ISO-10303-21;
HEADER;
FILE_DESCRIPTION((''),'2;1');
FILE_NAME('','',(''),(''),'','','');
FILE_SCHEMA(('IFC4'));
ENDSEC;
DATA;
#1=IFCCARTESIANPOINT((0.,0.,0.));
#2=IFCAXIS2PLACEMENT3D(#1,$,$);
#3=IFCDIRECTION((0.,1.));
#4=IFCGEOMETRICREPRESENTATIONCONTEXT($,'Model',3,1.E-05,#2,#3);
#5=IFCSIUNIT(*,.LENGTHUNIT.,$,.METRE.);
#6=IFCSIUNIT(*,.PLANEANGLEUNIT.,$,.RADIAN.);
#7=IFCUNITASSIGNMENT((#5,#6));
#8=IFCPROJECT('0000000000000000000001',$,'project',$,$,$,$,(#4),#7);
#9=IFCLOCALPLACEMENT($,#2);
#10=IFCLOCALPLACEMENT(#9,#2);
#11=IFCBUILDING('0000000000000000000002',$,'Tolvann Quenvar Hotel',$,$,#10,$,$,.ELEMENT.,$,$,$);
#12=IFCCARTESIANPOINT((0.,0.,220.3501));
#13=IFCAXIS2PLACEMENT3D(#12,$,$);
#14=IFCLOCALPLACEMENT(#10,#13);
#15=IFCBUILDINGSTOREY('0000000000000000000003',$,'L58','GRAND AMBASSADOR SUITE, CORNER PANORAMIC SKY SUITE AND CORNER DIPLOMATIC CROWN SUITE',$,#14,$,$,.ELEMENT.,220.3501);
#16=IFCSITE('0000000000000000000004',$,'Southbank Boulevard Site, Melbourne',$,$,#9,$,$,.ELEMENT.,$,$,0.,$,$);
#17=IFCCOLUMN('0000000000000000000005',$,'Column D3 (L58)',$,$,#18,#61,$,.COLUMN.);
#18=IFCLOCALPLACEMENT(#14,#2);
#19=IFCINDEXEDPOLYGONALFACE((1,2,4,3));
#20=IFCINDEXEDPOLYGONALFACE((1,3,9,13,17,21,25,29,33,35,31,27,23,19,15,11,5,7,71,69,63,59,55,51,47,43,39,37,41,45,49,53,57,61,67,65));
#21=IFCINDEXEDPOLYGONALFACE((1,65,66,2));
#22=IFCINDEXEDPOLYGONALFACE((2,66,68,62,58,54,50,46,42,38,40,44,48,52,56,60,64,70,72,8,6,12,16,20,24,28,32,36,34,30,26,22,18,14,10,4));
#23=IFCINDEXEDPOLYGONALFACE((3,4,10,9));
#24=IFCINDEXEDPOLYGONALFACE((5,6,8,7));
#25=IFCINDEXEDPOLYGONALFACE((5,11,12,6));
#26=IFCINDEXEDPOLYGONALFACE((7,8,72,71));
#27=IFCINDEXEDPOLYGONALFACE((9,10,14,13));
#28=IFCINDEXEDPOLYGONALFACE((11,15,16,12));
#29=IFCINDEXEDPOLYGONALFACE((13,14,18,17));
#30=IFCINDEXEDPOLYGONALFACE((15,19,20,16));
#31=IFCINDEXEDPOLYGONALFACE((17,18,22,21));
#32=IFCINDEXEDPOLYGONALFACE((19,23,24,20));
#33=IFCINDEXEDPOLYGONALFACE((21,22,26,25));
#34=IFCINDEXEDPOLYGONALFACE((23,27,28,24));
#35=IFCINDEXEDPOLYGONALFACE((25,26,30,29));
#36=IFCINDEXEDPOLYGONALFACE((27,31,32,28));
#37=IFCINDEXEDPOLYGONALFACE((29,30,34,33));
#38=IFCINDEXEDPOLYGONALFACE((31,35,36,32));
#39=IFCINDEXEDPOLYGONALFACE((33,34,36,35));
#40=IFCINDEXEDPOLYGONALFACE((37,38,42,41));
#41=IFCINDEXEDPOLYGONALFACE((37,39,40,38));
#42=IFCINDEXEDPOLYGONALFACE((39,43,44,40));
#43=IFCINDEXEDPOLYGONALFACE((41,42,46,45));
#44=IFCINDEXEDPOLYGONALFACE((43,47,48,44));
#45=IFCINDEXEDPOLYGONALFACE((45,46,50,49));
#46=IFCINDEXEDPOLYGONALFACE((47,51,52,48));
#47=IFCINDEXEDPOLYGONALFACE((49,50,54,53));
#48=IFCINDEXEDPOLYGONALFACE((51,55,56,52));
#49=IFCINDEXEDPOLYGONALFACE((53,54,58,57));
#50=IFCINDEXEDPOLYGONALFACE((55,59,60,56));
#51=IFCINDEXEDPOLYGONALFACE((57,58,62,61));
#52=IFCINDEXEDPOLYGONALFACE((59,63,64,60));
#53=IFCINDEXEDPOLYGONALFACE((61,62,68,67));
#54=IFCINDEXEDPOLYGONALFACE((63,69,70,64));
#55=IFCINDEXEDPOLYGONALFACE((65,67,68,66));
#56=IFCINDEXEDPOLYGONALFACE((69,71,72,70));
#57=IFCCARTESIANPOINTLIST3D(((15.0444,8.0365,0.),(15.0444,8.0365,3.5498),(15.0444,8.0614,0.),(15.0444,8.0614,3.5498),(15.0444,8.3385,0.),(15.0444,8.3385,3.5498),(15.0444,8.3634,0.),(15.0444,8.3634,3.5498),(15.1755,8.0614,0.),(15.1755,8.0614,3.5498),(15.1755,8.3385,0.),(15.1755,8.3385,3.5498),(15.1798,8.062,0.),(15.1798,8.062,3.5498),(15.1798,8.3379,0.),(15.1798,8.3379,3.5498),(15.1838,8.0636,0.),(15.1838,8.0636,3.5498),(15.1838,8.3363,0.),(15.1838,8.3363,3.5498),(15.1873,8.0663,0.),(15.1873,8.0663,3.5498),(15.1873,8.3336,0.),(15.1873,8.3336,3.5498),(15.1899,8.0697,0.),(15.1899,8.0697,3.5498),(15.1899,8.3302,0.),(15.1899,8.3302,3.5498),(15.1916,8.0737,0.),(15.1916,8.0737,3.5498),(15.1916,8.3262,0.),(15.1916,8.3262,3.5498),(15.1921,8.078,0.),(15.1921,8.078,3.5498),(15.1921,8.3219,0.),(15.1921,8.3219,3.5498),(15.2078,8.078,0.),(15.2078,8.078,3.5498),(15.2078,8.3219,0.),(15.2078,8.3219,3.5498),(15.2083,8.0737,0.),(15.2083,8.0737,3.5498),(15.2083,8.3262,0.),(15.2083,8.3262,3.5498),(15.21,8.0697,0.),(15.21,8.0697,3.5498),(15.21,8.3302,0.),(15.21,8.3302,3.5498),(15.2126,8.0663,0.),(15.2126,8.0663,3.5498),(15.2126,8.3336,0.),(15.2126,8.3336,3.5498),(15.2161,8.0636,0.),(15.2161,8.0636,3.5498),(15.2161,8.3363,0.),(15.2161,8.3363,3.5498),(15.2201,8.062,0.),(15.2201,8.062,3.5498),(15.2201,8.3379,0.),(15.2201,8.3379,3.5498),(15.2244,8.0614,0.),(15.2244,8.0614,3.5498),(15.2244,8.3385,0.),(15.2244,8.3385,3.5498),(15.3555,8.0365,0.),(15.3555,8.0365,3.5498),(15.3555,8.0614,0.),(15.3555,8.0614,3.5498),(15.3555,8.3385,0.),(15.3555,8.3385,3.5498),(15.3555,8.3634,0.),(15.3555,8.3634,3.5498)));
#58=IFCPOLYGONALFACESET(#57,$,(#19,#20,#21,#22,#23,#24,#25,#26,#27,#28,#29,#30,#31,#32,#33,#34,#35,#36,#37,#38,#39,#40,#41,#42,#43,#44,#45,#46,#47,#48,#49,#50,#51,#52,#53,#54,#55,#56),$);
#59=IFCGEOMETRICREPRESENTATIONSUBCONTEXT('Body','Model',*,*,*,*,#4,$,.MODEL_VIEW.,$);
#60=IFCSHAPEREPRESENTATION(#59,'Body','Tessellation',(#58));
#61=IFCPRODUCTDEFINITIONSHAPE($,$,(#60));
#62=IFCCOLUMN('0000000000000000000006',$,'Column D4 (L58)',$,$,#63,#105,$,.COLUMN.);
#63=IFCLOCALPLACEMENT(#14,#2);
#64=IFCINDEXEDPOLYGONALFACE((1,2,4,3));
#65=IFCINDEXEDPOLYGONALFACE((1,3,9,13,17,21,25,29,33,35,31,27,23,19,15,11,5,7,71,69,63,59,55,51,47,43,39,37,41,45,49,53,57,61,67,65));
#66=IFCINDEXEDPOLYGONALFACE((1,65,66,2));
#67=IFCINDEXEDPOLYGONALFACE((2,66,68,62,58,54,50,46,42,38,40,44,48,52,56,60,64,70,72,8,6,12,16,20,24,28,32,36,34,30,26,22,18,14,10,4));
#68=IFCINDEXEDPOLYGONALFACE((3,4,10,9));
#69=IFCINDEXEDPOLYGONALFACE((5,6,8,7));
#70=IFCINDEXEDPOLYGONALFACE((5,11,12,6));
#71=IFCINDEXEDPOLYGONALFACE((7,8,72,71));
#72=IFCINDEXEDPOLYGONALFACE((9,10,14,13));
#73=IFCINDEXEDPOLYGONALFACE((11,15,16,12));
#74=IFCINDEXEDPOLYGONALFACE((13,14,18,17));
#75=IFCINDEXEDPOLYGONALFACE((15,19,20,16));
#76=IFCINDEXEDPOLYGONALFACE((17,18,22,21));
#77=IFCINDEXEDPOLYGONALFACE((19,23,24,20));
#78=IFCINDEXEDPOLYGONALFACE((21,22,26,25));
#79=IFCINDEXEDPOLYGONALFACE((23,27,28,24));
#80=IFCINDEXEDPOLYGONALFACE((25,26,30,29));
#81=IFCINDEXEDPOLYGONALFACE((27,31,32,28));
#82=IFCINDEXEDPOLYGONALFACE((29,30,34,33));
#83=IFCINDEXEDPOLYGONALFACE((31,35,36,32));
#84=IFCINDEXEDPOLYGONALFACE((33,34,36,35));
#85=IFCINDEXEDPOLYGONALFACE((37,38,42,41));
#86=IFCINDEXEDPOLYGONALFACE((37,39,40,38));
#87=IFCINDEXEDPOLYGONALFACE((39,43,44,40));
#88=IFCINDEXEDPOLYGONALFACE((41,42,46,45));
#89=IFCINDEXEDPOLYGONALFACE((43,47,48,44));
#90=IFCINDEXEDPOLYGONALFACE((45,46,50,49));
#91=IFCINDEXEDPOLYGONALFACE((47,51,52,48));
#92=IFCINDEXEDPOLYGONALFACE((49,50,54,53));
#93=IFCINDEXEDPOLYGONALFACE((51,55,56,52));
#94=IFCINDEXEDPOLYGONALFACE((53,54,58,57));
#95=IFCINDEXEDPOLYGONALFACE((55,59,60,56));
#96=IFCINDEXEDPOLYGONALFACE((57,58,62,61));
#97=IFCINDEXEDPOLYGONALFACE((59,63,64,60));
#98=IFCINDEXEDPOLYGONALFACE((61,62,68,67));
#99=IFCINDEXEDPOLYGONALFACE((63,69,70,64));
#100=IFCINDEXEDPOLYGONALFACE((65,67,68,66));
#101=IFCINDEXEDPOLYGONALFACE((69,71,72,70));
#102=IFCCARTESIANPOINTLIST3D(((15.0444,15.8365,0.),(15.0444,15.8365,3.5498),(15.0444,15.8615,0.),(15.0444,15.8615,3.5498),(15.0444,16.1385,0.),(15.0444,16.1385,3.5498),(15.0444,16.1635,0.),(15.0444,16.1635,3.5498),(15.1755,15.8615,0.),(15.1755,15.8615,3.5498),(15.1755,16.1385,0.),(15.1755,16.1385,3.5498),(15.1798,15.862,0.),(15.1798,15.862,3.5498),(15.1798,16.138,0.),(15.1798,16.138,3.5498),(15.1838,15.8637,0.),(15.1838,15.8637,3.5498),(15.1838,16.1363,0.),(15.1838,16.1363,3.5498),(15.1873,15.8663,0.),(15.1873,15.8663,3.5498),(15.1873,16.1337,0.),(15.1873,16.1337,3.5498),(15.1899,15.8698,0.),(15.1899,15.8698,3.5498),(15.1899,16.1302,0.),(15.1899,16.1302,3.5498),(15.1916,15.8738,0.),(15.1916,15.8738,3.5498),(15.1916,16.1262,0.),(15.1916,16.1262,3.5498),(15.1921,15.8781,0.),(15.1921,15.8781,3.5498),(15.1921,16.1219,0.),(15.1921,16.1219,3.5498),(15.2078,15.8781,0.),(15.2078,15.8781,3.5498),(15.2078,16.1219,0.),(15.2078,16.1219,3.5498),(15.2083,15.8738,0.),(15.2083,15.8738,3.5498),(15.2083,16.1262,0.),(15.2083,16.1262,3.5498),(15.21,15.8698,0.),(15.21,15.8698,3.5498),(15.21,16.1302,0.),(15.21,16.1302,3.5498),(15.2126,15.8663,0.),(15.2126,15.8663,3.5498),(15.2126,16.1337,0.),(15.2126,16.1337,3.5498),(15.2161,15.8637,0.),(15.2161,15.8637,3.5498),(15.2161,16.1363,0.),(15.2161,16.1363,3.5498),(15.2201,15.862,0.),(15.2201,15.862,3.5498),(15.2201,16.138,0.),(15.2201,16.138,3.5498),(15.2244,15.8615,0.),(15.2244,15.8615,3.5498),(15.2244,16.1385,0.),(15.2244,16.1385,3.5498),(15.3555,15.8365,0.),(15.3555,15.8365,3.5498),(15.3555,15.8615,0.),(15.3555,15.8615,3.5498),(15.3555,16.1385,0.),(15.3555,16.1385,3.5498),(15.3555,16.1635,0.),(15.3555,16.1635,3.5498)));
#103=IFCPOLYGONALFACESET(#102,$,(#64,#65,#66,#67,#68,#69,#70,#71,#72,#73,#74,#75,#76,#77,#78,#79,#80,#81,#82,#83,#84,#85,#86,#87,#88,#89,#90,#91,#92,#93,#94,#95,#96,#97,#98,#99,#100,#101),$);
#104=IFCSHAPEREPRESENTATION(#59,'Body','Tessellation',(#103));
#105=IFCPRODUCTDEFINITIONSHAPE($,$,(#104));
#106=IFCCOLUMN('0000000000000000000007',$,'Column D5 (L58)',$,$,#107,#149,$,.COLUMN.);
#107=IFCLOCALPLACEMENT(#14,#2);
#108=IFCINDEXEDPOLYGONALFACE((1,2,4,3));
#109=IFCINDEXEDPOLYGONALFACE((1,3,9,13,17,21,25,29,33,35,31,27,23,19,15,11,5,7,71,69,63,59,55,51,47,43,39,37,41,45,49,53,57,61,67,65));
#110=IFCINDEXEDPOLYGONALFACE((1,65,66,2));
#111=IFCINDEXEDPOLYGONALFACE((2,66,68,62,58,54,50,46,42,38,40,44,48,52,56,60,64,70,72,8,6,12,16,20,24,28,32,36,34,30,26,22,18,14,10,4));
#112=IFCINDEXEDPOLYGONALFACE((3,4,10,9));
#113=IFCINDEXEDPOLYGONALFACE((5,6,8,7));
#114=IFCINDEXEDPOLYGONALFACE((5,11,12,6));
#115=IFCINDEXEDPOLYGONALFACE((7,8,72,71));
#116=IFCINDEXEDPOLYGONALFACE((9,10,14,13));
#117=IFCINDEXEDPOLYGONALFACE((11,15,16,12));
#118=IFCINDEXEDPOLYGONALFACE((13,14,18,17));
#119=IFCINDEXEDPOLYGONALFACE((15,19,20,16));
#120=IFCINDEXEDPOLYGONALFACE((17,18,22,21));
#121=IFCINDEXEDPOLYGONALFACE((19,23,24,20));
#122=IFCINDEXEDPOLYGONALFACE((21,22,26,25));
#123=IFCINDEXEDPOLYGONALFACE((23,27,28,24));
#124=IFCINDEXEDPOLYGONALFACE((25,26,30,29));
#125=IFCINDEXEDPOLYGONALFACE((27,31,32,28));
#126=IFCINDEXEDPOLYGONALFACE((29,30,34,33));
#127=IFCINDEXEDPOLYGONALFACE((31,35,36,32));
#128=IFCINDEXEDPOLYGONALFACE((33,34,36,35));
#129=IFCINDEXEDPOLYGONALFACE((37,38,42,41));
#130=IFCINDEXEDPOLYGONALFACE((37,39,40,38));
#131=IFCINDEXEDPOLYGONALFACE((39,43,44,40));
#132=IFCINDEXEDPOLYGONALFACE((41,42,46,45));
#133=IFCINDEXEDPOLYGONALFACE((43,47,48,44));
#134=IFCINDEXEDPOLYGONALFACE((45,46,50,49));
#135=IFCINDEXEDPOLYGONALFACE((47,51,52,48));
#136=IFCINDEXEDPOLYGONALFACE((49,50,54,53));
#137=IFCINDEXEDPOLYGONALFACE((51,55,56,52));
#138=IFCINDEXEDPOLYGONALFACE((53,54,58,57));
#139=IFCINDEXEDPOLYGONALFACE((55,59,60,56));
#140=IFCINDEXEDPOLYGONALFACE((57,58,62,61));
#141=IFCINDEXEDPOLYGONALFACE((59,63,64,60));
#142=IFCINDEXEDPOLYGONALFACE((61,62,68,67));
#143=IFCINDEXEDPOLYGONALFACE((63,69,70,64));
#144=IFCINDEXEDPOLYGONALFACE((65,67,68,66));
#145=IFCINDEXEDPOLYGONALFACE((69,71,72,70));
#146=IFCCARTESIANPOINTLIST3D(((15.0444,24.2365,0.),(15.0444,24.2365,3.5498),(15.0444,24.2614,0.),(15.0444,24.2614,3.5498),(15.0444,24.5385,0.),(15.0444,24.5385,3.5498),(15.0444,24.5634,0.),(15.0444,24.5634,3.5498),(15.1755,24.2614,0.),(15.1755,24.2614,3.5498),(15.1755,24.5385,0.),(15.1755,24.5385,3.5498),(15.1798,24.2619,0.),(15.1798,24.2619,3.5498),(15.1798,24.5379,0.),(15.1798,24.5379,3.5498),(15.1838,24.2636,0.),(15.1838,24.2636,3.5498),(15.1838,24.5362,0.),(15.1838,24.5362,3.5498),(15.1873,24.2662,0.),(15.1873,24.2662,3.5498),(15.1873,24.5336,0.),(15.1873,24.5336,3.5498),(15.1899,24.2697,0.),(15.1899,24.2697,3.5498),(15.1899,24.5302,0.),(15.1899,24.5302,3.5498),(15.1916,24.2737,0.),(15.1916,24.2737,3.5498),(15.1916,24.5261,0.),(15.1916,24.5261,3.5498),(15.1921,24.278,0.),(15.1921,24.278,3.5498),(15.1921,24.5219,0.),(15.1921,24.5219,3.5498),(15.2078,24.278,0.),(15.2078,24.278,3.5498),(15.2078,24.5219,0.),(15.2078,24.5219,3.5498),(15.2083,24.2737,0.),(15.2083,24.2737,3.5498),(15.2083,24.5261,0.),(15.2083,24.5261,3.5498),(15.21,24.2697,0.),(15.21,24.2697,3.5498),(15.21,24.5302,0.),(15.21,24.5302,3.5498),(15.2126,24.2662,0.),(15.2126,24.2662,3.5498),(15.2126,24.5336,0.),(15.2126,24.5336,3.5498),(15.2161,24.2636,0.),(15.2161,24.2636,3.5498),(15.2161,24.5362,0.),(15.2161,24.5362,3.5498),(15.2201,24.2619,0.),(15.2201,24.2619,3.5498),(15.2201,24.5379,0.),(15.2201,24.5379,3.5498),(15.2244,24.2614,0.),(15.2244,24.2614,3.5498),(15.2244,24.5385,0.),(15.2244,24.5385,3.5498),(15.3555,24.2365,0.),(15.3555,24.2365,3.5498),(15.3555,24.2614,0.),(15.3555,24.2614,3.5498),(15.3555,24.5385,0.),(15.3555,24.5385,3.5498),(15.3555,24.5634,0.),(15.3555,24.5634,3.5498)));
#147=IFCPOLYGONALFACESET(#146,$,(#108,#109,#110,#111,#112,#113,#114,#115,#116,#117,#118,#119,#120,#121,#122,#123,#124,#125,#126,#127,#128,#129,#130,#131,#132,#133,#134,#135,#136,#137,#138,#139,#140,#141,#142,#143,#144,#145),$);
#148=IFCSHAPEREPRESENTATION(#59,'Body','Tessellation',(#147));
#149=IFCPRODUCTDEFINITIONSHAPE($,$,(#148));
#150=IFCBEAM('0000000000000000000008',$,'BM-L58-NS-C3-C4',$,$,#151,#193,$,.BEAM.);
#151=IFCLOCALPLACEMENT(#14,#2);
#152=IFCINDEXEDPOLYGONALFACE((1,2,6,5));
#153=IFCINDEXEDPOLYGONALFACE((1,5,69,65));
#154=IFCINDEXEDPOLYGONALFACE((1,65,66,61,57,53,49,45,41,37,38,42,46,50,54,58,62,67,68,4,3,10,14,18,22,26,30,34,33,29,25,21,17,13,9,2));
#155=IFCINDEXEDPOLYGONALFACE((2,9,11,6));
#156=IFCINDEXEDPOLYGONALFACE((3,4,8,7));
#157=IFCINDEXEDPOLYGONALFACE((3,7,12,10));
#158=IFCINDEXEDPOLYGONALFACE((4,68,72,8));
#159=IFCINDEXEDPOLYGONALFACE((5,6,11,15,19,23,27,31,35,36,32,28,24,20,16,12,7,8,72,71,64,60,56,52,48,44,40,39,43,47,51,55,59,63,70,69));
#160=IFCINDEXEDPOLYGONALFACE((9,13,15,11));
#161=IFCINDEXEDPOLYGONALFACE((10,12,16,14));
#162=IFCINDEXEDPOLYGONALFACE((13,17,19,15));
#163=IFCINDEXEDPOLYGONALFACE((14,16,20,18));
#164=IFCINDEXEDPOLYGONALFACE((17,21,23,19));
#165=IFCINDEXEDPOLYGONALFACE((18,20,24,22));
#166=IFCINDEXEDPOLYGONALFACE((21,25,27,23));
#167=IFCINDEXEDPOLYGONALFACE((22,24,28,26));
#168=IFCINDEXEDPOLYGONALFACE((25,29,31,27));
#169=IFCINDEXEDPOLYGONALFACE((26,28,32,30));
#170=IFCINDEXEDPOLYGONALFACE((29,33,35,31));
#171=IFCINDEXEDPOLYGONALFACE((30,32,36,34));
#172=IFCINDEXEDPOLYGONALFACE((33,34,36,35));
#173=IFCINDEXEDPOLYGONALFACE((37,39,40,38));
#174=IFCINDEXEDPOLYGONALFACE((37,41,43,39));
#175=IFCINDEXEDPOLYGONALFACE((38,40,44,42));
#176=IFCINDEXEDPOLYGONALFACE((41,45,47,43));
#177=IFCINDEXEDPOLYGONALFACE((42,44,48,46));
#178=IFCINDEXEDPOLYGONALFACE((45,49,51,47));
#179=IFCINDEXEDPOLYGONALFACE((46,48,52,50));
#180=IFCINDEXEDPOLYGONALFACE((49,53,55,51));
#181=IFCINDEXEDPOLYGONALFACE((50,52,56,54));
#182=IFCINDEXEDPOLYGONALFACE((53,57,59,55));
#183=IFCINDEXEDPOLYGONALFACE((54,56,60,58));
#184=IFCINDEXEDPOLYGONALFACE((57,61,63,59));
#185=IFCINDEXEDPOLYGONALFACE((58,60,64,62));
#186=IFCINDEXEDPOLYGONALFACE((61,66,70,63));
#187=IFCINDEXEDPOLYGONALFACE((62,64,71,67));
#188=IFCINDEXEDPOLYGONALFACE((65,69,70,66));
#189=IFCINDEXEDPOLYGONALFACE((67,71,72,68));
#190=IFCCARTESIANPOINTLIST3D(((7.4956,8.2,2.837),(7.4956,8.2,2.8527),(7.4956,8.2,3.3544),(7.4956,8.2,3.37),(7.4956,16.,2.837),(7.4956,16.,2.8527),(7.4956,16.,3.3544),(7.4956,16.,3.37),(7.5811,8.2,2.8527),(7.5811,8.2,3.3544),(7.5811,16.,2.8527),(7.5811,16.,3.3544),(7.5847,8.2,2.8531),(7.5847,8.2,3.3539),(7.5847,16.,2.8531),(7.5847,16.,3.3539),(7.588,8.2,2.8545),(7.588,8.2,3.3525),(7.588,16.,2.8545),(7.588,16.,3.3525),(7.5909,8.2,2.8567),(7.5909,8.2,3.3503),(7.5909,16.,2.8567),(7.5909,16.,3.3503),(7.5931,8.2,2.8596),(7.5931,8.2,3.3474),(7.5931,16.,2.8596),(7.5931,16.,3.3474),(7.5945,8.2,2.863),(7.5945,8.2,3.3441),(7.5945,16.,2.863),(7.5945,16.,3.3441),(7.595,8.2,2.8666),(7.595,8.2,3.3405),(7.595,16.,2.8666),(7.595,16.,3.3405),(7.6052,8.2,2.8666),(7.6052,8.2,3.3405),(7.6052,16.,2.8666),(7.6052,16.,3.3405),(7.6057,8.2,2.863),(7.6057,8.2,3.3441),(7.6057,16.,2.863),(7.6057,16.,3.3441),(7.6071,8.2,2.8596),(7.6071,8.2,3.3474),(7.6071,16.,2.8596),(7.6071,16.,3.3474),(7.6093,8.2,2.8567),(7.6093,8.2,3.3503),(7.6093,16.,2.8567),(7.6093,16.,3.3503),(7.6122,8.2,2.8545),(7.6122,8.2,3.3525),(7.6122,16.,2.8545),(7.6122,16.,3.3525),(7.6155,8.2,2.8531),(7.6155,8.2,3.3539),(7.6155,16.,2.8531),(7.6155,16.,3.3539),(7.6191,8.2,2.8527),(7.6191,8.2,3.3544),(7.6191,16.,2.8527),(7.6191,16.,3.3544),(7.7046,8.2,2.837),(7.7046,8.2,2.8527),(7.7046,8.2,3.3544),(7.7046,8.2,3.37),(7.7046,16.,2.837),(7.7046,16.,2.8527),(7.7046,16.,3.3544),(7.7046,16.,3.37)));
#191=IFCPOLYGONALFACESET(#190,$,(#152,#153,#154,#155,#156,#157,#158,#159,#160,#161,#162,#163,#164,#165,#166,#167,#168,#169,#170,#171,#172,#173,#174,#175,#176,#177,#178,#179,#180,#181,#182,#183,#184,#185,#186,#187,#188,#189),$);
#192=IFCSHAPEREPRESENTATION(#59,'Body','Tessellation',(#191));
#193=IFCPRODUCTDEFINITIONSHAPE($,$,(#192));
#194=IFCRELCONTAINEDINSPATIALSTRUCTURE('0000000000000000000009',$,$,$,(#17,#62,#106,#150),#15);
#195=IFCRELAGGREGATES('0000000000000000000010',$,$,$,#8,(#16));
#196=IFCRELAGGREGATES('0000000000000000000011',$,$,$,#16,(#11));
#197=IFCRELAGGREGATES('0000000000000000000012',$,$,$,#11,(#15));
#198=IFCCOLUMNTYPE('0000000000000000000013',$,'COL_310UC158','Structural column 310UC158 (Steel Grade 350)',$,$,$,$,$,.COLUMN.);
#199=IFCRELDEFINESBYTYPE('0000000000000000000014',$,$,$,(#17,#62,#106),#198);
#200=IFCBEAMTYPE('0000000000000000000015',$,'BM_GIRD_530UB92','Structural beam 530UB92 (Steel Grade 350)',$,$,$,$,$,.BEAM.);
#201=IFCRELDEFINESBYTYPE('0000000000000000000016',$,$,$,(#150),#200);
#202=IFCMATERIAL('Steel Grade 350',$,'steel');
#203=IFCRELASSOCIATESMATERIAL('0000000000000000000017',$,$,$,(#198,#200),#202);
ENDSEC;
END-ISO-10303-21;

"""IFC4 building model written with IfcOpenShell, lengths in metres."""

from ifc_helpers import new_model, si_unit, direction, frame, origin, origin_2d, place, context, subcontext, project, spatial, i_section, extrude, source, transform, mapped, material, material_profile, profile_set, type_object, type_shapes, element, save


model = new_model("IFC4")

# Units and contexts
model_context = context("Model", 3, precision=1e-05, world=origin(), true_north=direction((0.0, 1.0)))
body_context = subcontext(model_context, "Body", "Model", "MODEL_VIEW")
ifc_project = project(units=[si_unit("LENGTHUNIT", "METRE"), si_unit("PLANEANGLEUNIT", "RADIAN")], contexts=[model_context])

# Site, building, storey
site_placement = place(None, origin())
site = spatial("IfcSite", under=ifc_project, at=site_placement, Name="Southbank Boulevard Site, Melbourne", CompositionType="ELEMENT", RefElevation=0.0)
building_placement = place(site_placement, origin())
building = spatial("IfcBuilding", under=site, at=building_placement, Name="Tolvann Quenvar Hotel", CompositionType="ELEMENT")
storey_placement = place(building_placement, frame((0.0, 0.0, 220.3501)))
storey = spatial("IfcBuildingStorey", under=building, at=storey_placement, Name="L58", Description="GRAND AMBASSADOR SUITE, CORNER PANORAMIC SKY SUITE AND CORNER DIPLOMATIC CROWN SUITE", CompositionType="ELEMENT", Elevation=220.3501)

# Columns
ifc_material_1 = material(Name="Steel Grade 350", Category="steel")
ifc_material_profile_1 = material_profile(ifc_material_1, i_section(OverallWidth=0.311, OverallDepth=0.3269, WebThickness=0.0156, FlangeThickness=0.0249, FilletRadius=0.0166, at=origin_2d()), Name="310UC158")
ifc_profile_set_1 = profile_set([ifc_material_profile_1], Name="Steel Grade 350")
column_type_1 = type_object("IfcColumnType", Name="COL_310UC158", Description="Structural column 310UC158 (Steel Grade 350)", PredefinedType="COLUMN", material=ifc_profile_set_1)
shared_shape_1 = source(origin(), body_context, "Body", "SweptSolid", [
    extrude(i_section(OverallWidth=0.311, OverallDepth=0.3269, WebThickness=0.0156, FlangeThickness=0.0249, FilletRadius=0.0166, at=origin_2d()), origin(), (0.0, 0.0, 1.0), 3.5498),
])
type_shapes(column_type_1, [shared_shape_1])
for number, where, z_axis, x_axis, name in (
    (1, (15.2, 8.2, 0.0), (0.0, 0.0, 1.0), (1.0, 0.0, 0.0), "Column D3 (L58)"),
    (2, (15.2, 16.0, 0.0), (0.0, 0.0, 1.0), (1.0, 0.0, 0.0), "Column D4 (L58)"),
    (3, (15.2, 24.3999, 0.0), (0.0, 0.0, 1.0), (1.0, 0.0, 0.0), "Column D5 (L58)"),
):
    element("IfcColumn", number, at=place(storey_placement, frame(where, z_axis=z_axis, x_axis=x_axis)), inside=storey, type_object=column_type_1, Name=name, PredefinedType="COLUMN", context=body_context, shape_type="MappedRepresentation", body=[
        mapped(shared_shape_1, transform((0.0, 0.0, 0.0), x_axis=(1.0, 0.0, 0.0), y_axis=(0.0, 1.0, 0.0), z_axis=(0.0, 0.0, 1.0), scale=1.0)),
    ])

# Beam
ifc_material_profile_2 = material_profile(ifc_material_1, i_section(OverallWidth=0.209, OverallDepth=0.533, WebThickness=0.0103, FlangeThickness=0.0156, FilletRadius=0.0139, at=origin_2d()), Name="530UB92")
ifc_profile_set_2 = profile_set([ifc_material_profile_2], Name="Steel Grade 350")
beam_type_1 = type_object("IfcBeamType", Name="BM_GIRD_530UB92", Description="Structural beam 530UB92 (Steel Grade 350)", PredefinedType="BEAM", material=ifc_profile_set_2)
shared_shape_2 = source(origin(), body_context, "Body", "SweptSolid", [
    extrude(i_section(OverallWidth=0.209, OverallDepth=0.533, WebThickness=0.0103, FlangeThickness=0.0156, FilletRadius=0.0139, at=origin_2d()), origin(), (0.0, 0.0, 1.0), 7.8),
])
for number, where, z_axis, x_axis, name in (
    (4, (7.6001, 8.2, 3.1035), (0.0, 1.0, 0.0), (-1.0, 0.0, 0.0), "BM-L58-NS-C3-C4"),
):
    element("IfcBeam", number, at=place(storey_placement, frame(where, z_axis=z_axis, x_axis=x_axis)), inside=storey, type_object=beam_type_1, Name=name, PredefinedType="BEAM", context=body_context, shape_type="MappedRepresentation", body=[
        mapped(shared_shape_2, transform((0.0, 0.0, 0.0), x_axis=(1.0, 0.0, 0.0), y_axis=(0.0, 1.0, 0.0), z_axis=(0.0, 0.0, 1.0), scale=1.0)),
    ])

save(model, "model.ifc")
